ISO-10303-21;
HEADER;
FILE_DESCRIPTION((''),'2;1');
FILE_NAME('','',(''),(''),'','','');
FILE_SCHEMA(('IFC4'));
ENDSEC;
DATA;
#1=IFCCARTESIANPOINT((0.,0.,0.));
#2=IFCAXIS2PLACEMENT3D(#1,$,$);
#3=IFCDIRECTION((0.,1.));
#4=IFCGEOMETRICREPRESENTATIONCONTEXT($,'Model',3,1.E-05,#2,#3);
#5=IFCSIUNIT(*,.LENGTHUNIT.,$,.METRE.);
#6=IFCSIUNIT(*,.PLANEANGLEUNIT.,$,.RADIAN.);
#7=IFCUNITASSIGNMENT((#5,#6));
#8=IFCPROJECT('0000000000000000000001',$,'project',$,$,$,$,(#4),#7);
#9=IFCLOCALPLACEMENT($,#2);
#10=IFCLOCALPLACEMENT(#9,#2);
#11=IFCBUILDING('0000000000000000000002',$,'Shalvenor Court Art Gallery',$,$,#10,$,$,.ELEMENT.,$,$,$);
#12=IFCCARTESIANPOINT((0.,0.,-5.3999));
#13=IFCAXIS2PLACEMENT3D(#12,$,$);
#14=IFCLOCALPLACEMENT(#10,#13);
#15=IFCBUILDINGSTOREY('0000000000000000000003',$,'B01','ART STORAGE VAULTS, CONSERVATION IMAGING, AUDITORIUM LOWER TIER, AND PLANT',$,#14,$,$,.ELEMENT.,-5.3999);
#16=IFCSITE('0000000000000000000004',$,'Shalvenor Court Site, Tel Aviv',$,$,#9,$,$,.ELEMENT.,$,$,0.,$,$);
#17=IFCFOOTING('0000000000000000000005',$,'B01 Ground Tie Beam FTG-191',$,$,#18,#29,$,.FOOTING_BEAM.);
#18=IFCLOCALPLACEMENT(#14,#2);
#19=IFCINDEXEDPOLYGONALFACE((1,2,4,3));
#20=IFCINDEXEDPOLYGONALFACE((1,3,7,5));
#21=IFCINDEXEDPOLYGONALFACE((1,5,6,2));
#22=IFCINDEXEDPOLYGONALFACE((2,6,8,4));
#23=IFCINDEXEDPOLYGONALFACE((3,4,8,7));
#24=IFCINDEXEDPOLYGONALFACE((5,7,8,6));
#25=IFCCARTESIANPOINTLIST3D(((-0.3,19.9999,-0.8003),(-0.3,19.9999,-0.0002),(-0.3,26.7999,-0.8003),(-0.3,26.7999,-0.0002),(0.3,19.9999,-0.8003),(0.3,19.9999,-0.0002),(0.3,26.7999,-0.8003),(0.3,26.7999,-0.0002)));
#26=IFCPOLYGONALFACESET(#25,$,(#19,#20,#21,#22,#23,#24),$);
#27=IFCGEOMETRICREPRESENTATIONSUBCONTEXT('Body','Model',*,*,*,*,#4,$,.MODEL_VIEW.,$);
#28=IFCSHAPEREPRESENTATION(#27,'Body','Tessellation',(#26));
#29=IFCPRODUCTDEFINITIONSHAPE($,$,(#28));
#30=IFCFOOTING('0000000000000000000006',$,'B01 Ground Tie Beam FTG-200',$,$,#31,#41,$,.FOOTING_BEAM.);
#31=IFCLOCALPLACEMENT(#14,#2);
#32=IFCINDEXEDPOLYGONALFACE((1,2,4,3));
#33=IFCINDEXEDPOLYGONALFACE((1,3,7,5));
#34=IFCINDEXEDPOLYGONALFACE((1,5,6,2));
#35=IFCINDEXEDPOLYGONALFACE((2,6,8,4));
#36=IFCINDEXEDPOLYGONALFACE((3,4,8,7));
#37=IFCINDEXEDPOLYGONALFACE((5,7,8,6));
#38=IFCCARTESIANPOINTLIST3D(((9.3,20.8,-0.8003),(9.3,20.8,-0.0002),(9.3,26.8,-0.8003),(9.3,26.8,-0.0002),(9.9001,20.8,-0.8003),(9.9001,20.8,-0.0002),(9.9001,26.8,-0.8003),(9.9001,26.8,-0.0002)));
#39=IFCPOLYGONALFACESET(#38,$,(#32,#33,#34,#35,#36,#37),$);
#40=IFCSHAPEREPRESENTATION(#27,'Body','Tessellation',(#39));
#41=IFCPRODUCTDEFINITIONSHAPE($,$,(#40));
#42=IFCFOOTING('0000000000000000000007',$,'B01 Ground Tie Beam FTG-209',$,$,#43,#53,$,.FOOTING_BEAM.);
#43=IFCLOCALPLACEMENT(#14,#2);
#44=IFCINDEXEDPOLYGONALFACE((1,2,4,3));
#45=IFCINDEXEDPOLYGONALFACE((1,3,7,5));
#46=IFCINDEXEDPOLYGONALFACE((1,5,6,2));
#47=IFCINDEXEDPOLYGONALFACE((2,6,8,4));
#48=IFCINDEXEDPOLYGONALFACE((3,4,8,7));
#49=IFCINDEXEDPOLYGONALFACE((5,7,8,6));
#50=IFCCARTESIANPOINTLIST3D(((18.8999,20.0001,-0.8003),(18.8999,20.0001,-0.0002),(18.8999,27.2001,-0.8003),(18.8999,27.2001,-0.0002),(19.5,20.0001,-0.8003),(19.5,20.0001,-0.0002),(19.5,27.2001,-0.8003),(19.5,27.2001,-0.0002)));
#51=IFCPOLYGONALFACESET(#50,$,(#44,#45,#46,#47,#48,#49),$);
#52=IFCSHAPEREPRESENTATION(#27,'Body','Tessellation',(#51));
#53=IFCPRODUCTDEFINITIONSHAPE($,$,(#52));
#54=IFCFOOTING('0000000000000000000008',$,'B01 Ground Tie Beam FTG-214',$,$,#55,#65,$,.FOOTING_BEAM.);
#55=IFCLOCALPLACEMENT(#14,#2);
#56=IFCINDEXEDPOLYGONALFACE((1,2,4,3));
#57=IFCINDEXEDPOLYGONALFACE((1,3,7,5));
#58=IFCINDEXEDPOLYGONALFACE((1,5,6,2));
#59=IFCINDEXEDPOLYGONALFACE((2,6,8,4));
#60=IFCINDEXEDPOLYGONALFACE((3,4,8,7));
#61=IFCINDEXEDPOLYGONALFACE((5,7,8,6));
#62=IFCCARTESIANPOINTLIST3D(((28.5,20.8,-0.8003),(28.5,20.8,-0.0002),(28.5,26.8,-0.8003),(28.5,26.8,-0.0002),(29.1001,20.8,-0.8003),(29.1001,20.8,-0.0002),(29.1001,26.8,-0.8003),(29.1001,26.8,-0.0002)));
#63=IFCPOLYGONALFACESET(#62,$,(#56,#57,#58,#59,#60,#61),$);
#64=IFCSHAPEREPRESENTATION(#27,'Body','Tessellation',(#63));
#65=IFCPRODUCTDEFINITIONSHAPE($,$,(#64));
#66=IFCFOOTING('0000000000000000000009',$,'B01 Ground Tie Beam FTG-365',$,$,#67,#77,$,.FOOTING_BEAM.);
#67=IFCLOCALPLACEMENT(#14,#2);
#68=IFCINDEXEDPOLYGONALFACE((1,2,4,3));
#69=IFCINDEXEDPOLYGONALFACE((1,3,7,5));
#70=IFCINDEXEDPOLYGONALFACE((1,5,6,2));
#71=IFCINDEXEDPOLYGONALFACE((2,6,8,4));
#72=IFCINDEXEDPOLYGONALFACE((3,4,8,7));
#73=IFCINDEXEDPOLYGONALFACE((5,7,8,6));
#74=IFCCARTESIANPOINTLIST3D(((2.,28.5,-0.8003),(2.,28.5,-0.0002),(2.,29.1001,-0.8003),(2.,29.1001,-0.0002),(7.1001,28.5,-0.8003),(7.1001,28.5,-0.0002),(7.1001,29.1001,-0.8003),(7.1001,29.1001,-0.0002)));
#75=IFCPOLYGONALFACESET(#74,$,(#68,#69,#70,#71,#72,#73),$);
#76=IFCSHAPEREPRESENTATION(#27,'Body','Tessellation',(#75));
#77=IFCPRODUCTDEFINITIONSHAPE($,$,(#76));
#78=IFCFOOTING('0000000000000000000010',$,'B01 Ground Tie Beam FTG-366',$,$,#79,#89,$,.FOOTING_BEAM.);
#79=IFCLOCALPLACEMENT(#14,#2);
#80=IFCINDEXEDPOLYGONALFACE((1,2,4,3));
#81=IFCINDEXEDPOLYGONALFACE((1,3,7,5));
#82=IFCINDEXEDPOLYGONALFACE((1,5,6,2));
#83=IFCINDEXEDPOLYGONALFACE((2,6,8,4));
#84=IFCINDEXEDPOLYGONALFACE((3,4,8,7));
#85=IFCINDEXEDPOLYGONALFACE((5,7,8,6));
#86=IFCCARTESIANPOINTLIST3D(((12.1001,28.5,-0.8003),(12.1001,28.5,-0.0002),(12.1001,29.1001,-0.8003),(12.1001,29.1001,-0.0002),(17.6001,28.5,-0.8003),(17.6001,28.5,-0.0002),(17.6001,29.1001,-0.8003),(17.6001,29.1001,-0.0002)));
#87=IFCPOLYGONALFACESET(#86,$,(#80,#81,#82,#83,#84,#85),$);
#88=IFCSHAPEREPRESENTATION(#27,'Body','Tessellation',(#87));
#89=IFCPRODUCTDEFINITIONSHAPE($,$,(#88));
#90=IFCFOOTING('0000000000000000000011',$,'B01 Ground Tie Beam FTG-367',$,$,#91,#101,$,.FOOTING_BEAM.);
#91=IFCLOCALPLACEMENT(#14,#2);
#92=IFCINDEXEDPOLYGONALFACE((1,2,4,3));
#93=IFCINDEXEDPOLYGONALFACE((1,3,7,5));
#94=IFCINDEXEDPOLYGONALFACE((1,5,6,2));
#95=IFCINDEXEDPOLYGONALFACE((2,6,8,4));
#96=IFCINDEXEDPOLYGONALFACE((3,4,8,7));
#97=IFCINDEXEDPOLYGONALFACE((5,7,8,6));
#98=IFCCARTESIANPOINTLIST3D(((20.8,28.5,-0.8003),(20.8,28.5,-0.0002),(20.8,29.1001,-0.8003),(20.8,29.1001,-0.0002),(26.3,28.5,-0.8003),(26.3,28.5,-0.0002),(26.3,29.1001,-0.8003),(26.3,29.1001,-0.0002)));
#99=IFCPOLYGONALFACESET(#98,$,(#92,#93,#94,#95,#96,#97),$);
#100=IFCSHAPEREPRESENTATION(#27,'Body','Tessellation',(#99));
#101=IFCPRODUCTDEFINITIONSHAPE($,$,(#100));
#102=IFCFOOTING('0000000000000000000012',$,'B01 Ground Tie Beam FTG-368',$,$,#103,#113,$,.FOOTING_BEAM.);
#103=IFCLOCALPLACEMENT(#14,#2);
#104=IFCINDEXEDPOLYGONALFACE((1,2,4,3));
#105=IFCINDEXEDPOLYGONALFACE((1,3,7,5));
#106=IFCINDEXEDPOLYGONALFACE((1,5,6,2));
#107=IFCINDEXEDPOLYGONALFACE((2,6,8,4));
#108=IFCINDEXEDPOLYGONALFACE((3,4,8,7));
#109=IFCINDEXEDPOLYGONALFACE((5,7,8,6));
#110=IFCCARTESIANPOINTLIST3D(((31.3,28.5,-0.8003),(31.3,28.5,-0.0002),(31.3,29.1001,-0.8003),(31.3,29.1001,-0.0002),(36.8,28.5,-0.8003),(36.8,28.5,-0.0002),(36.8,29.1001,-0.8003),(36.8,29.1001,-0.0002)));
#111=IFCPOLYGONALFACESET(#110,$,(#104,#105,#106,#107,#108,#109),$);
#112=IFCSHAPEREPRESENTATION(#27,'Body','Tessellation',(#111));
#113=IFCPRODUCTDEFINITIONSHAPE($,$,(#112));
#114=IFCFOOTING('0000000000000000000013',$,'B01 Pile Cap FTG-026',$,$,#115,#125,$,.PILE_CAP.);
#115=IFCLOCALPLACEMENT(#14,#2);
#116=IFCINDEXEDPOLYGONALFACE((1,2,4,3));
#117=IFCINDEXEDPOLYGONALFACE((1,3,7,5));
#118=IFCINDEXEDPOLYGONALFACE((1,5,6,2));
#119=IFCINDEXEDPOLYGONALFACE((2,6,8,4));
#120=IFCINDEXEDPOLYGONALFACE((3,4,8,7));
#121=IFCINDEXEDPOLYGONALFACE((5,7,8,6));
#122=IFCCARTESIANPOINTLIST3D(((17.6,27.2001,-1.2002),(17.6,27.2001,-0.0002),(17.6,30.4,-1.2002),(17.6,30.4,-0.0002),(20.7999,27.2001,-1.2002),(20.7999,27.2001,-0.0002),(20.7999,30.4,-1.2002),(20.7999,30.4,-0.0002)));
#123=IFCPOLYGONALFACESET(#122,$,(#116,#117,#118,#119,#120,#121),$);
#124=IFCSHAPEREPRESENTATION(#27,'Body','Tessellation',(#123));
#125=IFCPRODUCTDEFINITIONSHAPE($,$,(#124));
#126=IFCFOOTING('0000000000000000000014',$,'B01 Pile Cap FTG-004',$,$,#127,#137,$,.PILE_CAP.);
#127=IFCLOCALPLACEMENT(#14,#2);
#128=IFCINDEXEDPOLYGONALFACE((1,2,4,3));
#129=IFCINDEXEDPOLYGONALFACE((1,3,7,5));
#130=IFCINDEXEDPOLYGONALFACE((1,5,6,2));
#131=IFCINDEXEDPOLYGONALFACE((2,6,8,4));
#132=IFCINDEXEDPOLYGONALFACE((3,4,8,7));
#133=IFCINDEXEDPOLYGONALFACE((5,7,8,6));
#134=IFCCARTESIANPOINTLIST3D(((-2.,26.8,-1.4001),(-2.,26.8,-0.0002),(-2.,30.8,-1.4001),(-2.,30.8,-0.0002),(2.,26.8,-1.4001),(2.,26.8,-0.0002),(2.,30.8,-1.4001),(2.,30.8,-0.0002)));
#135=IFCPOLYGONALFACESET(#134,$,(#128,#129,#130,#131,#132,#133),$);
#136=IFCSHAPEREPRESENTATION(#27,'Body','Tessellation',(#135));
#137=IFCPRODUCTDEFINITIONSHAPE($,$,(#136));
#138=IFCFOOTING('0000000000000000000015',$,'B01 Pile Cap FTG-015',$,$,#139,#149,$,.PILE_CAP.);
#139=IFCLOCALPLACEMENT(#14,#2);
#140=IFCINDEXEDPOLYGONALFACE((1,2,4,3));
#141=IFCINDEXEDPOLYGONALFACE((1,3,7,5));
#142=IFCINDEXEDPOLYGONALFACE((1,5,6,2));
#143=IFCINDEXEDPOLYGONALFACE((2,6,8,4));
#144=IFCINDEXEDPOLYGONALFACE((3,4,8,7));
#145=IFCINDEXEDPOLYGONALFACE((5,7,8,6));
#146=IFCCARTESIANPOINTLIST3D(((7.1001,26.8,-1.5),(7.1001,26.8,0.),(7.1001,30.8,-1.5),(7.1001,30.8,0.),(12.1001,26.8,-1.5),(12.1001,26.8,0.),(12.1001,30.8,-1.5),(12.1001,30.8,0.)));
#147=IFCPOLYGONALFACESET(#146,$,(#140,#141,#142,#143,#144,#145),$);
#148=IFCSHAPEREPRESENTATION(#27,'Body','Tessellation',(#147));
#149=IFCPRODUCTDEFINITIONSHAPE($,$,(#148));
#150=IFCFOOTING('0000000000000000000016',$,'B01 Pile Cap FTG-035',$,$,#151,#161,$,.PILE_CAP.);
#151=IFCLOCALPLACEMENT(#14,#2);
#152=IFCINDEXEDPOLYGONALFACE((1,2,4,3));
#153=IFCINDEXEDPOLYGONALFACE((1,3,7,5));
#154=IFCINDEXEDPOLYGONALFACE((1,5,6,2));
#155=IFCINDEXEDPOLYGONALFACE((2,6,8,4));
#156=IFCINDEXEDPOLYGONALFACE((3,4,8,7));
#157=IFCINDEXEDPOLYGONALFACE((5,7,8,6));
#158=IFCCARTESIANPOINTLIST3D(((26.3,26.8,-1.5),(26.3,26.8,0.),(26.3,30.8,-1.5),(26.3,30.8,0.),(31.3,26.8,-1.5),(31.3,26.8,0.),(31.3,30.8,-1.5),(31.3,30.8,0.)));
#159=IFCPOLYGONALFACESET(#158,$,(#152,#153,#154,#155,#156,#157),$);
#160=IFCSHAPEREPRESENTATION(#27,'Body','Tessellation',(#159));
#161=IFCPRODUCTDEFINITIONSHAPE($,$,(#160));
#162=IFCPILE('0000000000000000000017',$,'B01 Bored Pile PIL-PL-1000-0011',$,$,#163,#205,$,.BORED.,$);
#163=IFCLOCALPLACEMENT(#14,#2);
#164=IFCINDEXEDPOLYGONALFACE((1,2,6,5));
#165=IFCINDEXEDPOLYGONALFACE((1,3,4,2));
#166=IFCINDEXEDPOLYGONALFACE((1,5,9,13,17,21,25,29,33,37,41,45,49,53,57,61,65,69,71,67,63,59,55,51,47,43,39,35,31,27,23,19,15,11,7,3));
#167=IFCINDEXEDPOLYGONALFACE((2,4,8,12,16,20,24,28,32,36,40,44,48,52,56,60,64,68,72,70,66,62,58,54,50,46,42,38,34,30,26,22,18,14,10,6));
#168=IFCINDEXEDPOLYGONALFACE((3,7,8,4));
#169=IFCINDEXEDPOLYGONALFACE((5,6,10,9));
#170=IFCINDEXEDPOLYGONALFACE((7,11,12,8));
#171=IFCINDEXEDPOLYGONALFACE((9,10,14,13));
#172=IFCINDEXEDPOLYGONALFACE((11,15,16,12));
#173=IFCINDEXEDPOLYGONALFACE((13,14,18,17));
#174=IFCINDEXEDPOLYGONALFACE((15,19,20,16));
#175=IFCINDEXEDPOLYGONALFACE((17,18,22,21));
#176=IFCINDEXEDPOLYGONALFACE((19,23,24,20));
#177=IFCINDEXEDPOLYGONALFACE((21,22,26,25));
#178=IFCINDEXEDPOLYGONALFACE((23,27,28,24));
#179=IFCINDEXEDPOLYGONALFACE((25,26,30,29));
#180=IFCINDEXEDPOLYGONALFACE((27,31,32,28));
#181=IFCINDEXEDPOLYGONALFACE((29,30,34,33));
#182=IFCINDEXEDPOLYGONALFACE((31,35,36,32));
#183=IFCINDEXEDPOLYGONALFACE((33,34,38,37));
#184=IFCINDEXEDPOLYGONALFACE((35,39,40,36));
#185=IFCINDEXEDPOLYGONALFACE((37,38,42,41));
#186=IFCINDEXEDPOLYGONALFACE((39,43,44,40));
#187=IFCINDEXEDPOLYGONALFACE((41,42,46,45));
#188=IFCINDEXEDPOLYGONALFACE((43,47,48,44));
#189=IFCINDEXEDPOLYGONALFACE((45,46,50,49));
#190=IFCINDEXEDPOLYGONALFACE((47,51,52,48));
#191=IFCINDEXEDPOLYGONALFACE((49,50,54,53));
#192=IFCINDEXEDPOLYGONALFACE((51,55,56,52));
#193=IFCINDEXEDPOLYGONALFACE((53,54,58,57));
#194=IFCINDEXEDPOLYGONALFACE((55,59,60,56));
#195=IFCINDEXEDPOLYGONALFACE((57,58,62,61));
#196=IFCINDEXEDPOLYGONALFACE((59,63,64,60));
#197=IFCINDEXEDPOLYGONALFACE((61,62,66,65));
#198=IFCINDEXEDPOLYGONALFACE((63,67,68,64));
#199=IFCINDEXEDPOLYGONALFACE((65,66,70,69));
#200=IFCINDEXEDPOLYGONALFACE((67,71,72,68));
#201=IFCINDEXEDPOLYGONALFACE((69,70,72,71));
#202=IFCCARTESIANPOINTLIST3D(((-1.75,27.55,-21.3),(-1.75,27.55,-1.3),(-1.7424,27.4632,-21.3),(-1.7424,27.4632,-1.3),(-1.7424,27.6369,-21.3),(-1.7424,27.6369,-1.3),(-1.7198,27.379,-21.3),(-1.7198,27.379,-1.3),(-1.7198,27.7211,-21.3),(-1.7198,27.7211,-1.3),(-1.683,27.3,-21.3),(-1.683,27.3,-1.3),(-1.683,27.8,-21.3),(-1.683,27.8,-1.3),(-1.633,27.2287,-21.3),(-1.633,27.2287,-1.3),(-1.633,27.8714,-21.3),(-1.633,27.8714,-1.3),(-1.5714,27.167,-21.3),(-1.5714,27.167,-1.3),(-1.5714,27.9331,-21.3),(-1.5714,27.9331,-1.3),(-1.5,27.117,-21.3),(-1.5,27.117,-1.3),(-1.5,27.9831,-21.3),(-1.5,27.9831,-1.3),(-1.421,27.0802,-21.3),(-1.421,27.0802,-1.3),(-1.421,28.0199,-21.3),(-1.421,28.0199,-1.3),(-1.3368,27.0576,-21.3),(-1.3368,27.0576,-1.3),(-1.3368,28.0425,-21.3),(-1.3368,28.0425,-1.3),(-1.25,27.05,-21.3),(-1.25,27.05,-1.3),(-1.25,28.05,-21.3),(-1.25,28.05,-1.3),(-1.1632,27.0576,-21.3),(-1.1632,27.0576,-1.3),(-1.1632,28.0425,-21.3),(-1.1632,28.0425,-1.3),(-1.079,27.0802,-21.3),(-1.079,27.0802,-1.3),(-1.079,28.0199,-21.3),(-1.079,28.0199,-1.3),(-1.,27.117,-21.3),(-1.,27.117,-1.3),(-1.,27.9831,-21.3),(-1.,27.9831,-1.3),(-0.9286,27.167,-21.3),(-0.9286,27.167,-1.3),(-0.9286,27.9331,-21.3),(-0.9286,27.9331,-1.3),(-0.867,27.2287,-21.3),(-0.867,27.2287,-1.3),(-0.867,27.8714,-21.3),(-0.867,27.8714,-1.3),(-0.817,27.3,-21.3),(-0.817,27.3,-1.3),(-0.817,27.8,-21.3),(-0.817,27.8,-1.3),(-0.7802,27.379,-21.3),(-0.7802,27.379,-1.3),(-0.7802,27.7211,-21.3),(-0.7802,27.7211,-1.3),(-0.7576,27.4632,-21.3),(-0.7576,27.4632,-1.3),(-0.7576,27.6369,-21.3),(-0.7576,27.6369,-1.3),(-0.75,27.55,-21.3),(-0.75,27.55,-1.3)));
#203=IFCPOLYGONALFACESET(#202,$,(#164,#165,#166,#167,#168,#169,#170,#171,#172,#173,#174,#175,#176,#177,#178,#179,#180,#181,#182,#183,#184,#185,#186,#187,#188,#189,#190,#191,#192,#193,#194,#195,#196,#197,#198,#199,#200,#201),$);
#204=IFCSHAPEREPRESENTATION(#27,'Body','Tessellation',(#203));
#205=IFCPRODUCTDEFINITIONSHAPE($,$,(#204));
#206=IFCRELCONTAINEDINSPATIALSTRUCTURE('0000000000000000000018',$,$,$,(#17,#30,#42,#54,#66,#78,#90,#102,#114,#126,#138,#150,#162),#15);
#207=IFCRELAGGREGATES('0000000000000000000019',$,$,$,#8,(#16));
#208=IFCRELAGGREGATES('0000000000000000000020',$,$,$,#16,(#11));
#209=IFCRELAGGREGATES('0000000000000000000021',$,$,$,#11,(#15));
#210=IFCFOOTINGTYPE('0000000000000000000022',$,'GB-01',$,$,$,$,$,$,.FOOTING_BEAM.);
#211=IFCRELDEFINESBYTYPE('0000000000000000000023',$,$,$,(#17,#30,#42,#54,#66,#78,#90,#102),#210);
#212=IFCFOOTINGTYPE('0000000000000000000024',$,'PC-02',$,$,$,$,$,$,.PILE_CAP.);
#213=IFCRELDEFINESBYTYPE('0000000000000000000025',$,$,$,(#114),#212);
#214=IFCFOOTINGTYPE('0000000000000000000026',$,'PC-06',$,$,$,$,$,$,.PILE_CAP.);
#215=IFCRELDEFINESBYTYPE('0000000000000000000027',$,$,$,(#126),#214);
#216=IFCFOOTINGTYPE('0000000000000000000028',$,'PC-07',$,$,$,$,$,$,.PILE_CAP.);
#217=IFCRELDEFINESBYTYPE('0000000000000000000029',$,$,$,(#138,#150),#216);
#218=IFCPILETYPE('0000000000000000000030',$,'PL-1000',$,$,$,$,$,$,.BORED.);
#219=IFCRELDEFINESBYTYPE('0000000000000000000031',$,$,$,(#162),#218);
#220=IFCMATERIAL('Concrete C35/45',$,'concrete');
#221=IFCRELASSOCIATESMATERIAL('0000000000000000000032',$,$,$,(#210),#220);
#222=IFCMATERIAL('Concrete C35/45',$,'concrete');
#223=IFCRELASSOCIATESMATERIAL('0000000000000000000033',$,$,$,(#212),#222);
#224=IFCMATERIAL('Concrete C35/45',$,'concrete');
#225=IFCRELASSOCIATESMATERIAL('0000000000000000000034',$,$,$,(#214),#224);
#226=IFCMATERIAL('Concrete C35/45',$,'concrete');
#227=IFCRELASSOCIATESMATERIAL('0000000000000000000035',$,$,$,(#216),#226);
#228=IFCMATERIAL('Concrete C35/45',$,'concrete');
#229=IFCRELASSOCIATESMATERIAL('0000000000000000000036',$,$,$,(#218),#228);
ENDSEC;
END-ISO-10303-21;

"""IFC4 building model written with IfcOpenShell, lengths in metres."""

from ifc_helpers import new_model, si_unit, direction, frame, origin, origin_2d, place, context, subcontext, project, spatial, rectangle, circle, extrude, material, material_profile, profile_set, type_object, element, save


model = new_model("IFC4")

# Units and contexts
model_context = context("Model", 3, precision=1e-05, world=origin(), true_north=direction((0.0, 1.0)))
body_context = subcontext(model_context, "Body", "Model", "MODEL_VIEW")
ifc_project = project(units=[si_unit("LENGTHUNIT", "METRE"), si_unit("PLANEANGLEUNIT", "RADIAN")], contexts=[model_context])

# Site, building, storey
site_placement = place(None, origin())
site = spatial("IfcSite", under=ifc_project, at=site_placement, Name="Shalvenor Court Site, Tel Aviv", CompositionType="ELEMENT", RefElevation=0.0)
building_placement = place(site_placement, origin())
building = spatial("IfcBuilding", under=site, at=building_placement, Name="Shalvenor Court Art Gallery", CompositionType="ELEMENT")
storey_placement = place(building_placement, frame((0.0, 0.0, -5.3999)))
storey = spatial("IfcBuildingStorey", under=building, at=storey_placement, Name="B01", Description="ART STORAGE VAULTS, CONSERVATION IMAGING, AUDITORIUM LOWER TIER, AND PLANT", CompositionType="ELEMENT", Elevation=-5.3999)

# Footings
ifc_material_1 = material(Name="Concrete C35/45", Category="concrete")
footing_type_1 = type_object("IfcFootingType", Name="GB-01", PredefinedType="FOOTING_BEAM", material=ifc_material_1)
footing_1_placement = place(storey_placement, frame((0.0, 23.3999, -0.8003), z_axis=(0.0, 0.0, 1.0), x_axis=(0.0, 1.0, 0.0)))
element("IfcFooting", 1, at=footing_1_placement, inside=storey, type_object=footing_type_1, Name="B01 Ground Tie Beam FTG-191", PredefinedType="FOOTING_BEAM", context=body_context, shape_type="SweptSolid", body=[
    extrude(rectangle(XDim=6.8, YDim=0.6001, at=origin_2d()), origin(), (0.0, 0.0, 1.0), 0.8),
])
footing_2_placement = place(storey_placement, frame((9.6001, 23.8, -0.8003), z_axis=(0.0, 0.0, 1.0), x_axis=(0.0, 1.0, 0.0)))
element("IfcFooting", 2, at=footing_2_placement, inside=storey, type_object=footing_type_1, Name="B01 Ground Tie Beam FTG-200", PredefinedType="FOOTING_BEAM", context=body_context, shape_type="SweptSolid", body=[
    extrude(rectangle(XDim=6.0, YDim=0.6001, at=origin_2d()), origin(), (0.0, 0.0, 1.0), 0.8),
])
footing_3_placement = place(storey_placement, frame((19.2, 23.6001, -0.8003), z_axis=(0.0, 0.0, 1.0), x_axis=(0.0, 1.0, 0.0)))
element("IfcFooting", 3, at=footing_3_placement, inside=storey, type_object=footing_type_1, Name="B01 Ground Tie Beam FTG-209", PredefinedType="FOOTING_BEAM", context=body_context, shape_type="SweptSolid", body=[
    extrude(rectangle(XDim=7.2, YDim=0.6001, at=origin_2d()), origin(), (0.0, 0.0, 1.0), 0.8),
])
footing_4_placement = place(storey_placement, frame((28.8, 23.8, -0.8003), z_axis=(0.0, 0.0, 1.0), x_axis=(0.0, 1.0, 0.0)))
element("IfcFooting", 4, at=footing_4_placement, inside=storey, type_object=footing_type_1, Name="B01 Ground Tie Beam FTG-214", PredefinedType="FOOTING_BEAM", context=body_context, shape_type="SweptSolid", body=[
    extrude(rectangle(XDim=6.0, YDim=0.6001, at=origin_2d()), origin(), (0.0, 0.0, 1.0), 0.8),
])
footing_5_placement = place(storey_placement, frame((4.55, 28.8, -0.8003), z_axis=(0.0, 0.0, 1.0), x_axis=(1.0, 0.0, 0.0)))
element("IfcFooting", 5, at=footing_5_placement, inside=storey, type_object=footing_type_1, Name="B01 Ground Tie Beam FTG-365", PredefinedType="FOOTING_BEAM", context=body_context, shape_type="SweptSolid", body=[
    extrude(rectangle(XDim=5.1001, YDim=0.6001, at=origin_2d()), origin(), (0.0, 0.0, 1.0), 0.8),
])
for number, where, z_axis, x_axis, name in (
    (6, (14.8501, 28.8, -0.8003), (0.0, 0.0, 1.0), (1.0, 0.0, 0.0), "B01 Ground Tie Beam FTG-366"),
    (7, (23.55, 28.8, -0.8003), (0.0, 0.0, 1.0), (1.0, 0.0, 0.0), "B01 Ground Tie Beam FTG-367"),
    (8, (34.05, 28.8, -0.8003), (0.0, 0.0, 1.0), (1.0, 0.0, 0.0), "B01 Ground Tie Beam FTG-368"),
):
    element("IfcFooting", number, at=place(storey_placement, frame(where, z_axis=z_axis, x_axis=x_axis)), inside=storey, type_object=footing_type_1, Name=name, PredefinedType="FOOTING_BEAM", context=body_context, shape_type="SweptSolid", body=[
        extrude(rectangle(XDim=5.5, YDim=0.6001, at=origin_2d()), origin(), (0.0, 0.0, 1.0), 0.8),
    ])
ifc_material_2 = material(Name="Concrete C35/45", Category="concrete")
footing_type_2 = type_object("IfcFootingType", Name="PC-02", PredefinedType="PILE_CAP", material=ifc_material_2)
footing_6_placement = place(storey_placement, frame((19.2, 28.8, -1.2002), z_axis=(0.0, 0.0, 1.0), x_axis=(1.0, 0.0, 0.0)))
element("IfcFooting", 9, at=footing_6_placement, inside=storey, type_object=footing_type_2, Name="B01 Pile Cap FTG-026", PredefinedType="PILE_CAP", context=body_context, shape_type="SweptSolid", body=[
    extrude(rectangle(XDim=3.2, YDim=3.2, at=origin_2d()), origin(), (0.0, 0.0, 1.0), 1.2),
])
ifc_material_3 = material(Name="Concrete C35/45", Category="concrete")
footing_type_3 = type_object("IfcFootingType", Name="PC-06", PredefinedType="PILE_CAP", material=ifc_material_3)
footing_7_placement = place(storey_placement, frame((0.0, 28.8, -1.4001), z_axis=(0.0, 0.0, 1.0), x_axis=(1.0, 0.0, 0.0)))
element("IfcFooting", 10, at=footing_7_placement, inside=storey, type_object=footing_type_3, Name="B01 Pile Cap FTG-004", PredefinedType="PILE_CAP", context=body_context, shape_type="SweptSolid", body=[
    extrude(rectangle(XDim=4.0, YDim=4.0, at=origin_2d()), origin(), (0.0, 0.0, 1.0), 1.3999),
])
ifc_material_4 = material(Name="Concrete C35/45", Category="concrete")
footing_type_4 = type_object("IfcFootingType", Name="PC-07", PredefinedType="PILE_CAP", material=ifc_material_4)
for number, where, z_axis, x_axis, name in (
    (11, (9.6001, 28.8, -1.5), (0.0, 0.0, 1.0), (1.0, 0.0, 0.0), "B01 Pile Cap FTG-015"),
    (12, (28.8, 28.8, -1.5), (0.0, 0.0, 1.0), (1.0, 0.0, 0.0), "B01 Pile Cap FTG-035"),
):
    element("IfcFooting", number, at=place(storey_placement, frame(where, z_axis=z_axis, x_axis=x_axis)), inside=storey, type_object=footing_type_4, Name=name, PredefinedType="PILE_CAP", context=body_context, shape_type="SweptSolid", body=[
        extrude(rectangle(XDim=5.0, YDim=4.0, at=origin_2d()), origin(), (0.0, 0.0, 1.0), 1.5),
    ])

# Pile
ifc_material_5 = material(Name="Concrete C35/45", Category="concrete")
ifc_material_profile_1 = material_profile(ifc_material_5, circle(Radius=0.5, at=origin_2d()), Name="PILE 1000")
ifc_profile_set_1 = profile_set([ifc_material_profile_1], Name="Concrete C35/45")
pile_type_1 = type_object("IfcPileType", Name="PL-1000", PredefinedType="BORED", material=ifc_profile_set_1)
for number, where, z_axis, x_axis, name in (
    (13, (-1.25, 27.55, -1.3), (0.0, 0.0, -1.0), (1.0, 0.0, 0.0), "B01 Bored Pile PIL-PL-1000-0011"),
):
    element("IfcPile", number, at=place(storey_placement, frame(where, z_axis=z_axis, x_axis=x_axis)), inside=storey, type_object=pile_type_1, Name=name, PredefinedType="BORED", context=body_context, shape_type="SweptSolid", body=[
        extrude(circle(Radius=0.5, at=origin_2d()), origin(), (0.0, 0.0, 1.0), 20.0),
    ])

save(model, "model.ifc")
